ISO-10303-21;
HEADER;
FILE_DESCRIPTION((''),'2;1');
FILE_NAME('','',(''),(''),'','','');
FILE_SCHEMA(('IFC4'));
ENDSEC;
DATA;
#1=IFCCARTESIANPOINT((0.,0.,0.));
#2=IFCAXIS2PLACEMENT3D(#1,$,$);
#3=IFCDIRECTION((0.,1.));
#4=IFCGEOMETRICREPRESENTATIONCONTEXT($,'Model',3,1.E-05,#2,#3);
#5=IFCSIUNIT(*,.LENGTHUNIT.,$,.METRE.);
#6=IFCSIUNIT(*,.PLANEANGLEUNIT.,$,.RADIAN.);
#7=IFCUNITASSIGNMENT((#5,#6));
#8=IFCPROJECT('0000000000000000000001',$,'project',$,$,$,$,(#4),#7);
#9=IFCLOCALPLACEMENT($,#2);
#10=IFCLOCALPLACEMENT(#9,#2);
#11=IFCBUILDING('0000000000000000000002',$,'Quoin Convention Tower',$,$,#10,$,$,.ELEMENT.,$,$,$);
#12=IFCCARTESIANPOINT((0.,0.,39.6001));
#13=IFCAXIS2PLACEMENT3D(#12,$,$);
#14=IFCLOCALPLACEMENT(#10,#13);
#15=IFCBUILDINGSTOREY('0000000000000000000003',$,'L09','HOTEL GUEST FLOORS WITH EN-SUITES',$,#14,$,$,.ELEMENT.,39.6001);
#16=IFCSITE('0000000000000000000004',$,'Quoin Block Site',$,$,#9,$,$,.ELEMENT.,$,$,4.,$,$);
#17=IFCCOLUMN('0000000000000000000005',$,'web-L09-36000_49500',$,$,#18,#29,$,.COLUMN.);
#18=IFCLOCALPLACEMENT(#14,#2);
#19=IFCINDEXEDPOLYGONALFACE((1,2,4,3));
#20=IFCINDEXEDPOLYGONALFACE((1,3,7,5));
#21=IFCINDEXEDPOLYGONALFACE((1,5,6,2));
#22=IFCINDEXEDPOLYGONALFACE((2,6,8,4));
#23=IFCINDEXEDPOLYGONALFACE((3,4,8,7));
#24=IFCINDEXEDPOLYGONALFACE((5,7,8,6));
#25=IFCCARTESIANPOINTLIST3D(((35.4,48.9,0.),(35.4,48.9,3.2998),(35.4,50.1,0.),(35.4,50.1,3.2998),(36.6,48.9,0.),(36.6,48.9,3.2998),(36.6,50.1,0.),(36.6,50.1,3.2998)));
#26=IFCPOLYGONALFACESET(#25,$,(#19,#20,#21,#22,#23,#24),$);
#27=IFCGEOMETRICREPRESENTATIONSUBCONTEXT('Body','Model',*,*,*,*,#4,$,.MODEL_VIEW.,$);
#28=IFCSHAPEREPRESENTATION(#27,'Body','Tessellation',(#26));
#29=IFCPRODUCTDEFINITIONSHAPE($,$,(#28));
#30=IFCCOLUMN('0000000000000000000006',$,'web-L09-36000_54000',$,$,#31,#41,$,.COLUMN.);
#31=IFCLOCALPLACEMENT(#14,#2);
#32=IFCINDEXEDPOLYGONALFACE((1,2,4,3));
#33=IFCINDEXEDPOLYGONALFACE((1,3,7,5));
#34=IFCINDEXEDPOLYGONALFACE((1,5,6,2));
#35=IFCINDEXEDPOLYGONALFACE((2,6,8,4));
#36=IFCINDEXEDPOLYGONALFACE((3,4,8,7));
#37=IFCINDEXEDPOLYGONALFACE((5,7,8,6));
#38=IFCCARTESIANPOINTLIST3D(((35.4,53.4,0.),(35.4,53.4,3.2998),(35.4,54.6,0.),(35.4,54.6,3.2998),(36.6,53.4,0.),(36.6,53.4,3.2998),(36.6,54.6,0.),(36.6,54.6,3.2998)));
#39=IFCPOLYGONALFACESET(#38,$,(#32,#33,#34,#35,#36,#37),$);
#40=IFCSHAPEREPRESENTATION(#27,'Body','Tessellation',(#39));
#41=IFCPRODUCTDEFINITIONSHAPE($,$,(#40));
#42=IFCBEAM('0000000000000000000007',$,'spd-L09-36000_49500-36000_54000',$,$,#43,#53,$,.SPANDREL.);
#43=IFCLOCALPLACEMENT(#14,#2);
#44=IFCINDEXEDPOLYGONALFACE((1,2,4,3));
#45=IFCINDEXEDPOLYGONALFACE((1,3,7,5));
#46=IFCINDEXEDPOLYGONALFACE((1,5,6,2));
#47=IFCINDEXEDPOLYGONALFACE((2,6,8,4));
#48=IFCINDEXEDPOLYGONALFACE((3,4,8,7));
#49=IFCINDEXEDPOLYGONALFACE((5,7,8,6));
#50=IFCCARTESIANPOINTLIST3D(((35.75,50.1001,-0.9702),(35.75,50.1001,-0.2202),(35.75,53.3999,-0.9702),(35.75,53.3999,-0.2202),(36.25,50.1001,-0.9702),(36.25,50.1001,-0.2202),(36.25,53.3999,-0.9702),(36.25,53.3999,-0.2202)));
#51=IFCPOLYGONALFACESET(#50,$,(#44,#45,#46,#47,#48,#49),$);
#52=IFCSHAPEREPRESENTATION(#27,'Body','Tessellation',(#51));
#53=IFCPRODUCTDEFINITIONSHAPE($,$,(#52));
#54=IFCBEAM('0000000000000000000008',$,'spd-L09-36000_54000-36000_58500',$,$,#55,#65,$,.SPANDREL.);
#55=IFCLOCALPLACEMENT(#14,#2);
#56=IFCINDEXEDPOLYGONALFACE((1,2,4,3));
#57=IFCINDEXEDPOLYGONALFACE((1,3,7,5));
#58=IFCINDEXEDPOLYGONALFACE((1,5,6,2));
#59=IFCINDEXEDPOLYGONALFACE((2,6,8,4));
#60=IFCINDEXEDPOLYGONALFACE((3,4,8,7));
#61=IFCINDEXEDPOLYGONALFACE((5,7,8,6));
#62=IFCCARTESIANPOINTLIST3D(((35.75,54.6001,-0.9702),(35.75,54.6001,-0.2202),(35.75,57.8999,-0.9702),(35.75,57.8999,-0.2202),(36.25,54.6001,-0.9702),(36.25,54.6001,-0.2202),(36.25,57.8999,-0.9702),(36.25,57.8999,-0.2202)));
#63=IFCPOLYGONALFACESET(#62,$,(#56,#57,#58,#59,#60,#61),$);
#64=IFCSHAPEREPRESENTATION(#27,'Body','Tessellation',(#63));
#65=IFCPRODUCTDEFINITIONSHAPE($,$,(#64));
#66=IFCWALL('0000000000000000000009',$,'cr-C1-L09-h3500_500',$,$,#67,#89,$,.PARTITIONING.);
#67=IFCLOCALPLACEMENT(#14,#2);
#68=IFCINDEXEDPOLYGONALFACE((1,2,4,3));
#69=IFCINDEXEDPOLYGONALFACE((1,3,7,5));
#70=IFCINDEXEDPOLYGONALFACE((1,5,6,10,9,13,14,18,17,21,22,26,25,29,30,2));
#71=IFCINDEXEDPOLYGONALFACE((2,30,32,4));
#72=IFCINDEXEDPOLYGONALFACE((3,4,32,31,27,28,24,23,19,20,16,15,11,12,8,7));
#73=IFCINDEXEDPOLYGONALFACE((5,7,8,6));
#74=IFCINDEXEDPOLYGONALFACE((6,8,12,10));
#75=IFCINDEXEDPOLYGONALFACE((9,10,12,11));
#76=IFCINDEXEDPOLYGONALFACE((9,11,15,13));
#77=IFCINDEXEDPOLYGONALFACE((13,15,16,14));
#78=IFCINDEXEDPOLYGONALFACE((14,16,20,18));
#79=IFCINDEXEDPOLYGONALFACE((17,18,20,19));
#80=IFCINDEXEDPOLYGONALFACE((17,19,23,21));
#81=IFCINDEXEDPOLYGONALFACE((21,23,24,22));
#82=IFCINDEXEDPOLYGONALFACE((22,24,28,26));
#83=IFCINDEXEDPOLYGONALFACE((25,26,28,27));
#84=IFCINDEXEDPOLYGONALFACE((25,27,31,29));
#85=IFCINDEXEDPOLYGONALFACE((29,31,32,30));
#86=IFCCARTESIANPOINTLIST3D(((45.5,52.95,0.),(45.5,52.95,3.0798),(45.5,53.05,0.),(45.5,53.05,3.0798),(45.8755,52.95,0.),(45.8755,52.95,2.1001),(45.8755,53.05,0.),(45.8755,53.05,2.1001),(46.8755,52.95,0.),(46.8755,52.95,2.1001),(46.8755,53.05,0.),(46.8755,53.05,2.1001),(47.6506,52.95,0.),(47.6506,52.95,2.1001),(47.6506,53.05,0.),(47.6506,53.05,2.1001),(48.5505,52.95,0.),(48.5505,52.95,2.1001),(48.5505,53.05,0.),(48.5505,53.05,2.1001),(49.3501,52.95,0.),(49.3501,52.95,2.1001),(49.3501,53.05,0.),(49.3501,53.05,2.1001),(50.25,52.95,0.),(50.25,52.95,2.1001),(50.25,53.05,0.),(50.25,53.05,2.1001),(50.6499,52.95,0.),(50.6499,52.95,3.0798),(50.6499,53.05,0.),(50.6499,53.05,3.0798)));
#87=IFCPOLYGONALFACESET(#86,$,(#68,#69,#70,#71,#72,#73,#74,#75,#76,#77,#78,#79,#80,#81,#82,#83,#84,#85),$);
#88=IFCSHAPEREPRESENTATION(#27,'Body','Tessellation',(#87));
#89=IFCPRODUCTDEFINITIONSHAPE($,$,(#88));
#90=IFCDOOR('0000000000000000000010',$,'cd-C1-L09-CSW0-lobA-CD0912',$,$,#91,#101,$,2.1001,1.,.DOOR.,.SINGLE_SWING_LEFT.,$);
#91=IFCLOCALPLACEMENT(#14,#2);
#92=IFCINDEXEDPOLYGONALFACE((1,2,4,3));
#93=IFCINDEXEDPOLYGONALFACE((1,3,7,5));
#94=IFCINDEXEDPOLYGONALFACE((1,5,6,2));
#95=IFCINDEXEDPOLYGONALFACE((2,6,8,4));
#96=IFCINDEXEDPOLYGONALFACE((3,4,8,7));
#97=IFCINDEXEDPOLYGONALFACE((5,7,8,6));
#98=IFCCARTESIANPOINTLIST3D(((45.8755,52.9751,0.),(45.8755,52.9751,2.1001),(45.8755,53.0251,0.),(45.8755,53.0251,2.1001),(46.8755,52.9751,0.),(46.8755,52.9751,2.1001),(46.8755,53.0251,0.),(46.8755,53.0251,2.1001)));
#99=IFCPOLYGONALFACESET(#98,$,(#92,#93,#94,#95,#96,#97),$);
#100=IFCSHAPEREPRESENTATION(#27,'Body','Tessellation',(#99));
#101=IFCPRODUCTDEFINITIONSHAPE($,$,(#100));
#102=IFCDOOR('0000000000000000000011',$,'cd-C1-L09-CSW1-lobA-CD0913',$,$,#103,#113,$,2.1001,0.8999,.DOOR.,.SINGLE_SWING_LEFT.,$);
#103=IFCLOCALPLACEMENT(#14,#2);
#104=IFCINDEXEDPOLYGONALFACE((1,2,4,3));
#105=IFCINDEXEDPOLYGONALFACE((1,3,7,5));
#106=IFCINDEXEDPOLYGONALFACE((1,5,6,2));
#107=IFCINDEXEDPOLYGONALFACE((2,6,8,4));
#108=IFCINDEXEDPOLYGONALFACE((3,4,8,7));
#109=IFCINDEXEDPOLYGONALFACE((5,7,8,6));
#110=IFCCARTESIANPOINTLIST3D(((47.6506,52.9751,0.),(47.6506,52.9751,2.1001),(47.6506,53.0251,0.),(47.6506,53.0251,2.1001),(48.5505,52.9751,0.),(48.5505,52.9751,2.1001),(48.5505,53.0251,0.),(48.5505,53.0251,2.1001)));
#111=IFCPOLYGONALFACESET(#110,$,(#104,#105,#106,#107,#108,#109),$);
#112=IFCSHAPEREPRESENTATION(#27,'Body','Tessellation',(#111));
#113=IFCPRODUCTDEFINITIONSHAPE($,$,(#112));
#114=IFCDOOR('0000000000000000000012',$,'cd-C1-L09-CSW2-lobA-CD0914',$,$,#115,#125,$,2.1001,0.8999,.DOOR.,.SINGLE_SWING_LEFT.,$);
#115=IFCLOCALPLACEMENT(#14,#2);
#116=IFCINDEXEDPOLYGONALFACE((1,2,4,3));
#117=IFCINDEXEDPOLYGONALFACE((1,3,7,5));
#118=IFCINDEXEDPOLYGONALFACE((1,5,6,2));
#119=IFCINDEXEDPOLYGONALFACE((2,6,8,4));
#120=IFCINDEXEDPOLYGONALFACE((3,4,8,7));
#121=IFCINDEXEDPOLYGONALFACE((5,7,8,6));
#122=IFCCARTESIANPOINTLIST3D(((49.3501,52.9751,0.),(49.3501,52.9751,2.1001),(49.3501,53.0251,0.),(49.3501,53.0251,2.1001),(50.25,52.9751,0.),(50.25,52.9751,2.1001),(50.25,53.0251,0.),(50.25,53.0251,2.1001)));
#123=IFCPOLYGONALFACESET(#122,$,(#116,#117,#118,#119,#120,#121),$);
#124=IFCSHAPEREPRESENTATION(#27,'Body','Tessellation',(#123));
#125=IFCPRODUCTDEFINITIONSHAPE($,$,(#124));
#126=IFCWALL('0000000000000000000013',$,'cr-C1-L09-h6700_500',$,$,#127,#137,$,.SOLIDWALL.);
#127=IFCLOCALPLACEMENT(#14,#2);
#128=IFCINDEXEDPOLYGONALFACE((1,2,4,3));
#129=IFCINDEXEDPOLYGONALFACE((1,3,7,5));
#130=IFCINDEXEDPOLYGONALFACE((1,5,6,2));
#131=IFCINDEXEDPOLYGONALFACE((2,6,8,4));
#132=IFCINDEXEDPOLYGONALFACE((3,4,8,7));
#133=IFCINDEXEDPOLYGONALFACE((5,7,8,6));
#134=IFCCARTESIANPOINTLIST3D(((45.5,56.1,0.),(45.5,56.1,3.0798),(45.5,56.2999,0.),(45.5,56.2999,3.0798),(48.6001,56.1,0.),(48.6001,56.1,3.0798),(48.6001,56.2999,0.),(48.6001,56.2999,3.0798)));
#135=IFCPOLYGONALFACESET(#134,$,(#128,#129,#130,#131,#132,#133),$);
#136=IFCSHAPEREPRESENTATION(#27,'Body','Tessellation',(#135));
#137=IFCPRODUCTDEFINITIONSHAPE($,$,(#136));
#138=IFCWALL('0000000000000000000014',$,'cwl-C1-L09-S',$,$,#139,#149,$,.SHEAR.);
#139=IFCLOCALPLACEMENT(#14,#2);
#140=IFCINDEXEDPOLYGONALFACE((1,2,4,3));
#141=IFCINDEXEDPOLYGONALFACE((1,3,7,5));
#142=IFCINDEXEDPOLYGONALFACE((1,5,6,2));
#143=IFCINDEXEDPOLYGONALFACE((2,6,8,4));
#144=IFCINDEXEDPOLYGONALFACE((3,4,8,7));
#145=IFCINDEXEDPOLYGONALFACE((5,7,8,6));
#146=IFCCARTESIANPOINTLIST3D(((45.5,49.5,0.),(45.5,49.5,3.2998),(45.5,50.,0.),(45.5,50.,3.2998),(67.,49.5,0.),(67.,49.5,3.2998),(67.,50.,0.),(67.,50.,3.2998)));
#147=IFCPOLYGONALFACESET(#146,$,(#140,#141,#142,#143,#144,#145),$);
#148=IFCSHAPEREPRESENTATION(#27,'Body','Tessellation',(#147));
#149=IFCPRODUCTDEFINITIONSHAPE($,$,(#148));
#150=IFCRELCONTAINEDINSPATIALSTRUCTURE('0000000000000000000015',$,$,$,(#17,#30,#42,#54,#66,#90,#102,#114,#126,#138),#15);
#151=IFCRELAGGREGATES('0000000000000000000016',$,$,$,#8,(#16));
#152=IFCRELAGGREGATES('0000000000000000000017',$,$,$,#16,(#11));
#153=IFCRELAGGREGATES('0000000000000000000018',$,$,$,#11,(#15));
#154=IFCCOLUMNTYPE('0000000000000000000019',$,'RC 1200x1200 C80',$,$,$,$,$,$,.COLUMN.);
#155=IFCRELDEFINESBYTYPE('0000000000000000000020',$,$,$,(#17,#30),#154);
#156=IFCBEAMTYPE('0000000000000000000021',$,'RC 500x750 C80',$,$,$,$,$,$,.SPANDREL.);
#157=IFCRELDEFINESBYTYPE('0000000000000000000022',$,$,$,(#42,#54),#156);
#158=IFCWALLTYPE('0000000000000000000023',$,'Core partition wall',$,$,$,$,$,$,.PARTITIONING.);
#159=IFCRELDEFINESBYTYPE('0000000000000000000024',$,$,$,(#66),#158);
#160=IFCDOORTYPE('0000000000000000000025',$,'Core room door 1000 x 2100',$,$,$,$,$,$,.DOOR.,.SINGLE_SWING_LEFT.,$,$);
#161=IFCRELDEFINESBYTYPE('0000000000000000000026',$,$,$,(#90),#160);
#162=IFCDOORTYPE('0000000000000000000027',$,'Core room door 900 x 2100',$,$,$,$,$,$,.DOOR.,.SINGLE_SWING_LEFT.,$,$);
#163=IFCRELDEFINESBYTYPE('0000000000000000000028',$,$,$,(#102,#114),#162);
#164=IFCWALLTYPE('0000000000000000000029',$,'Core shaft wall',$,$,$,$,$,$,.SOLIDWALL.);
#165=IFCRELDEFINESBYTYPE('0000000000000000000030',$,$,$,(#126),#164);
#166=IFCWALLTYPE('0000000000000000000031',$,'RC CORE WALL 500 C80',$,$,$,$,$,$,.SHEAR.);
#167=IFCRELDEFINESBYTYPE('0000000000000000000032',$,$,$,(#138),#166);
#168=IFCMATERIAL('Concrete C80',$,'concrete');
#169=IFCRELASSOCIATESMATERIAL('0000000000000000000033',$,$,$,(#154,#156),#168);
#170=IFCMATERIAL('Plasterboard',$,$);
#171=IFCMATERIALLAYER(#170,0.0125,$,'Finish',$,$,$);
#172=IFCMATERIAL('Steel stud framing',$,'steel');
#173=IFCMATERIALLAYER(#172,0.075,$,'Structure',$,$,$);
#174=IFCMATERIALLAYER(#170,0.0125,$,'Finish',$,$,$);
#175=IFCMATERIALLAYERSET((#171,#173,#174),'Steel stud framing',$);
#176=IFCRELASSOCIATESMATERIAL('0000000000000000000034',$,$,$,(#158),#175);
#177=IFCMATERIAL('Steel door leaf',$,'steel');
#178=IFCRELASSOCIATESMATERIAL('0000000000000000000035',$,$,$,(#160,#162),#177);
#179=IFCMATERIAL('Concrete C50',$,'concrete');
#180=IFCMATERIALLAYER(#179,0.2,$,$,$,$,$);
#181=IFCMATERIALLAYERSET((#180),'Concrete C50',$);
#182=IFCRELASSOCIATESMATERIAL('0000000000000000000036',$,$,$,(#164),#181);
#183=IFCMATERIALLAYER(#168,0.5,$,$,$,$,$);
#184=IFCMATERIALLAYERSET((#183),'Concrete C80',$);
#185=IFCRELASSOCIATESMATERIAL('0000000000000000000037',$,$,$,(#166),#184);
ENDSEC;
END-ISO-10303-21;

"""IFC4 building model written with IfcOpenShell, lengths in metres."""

from ifc_helpers import new_model, si_unit, direction, frame, frame_2d, origin, origin_2d, place, context, subcontext, project, spatial, rectangle, extrude, material, layer, layer_set, material_profile, profile_set, type_object, element, fill, save


model = new_model("IFC4")

# Units and contexts
model_context = context("Model", 3, precision=1e-05, world=origin(), true_north=direction((0.0, 1.0)))
body_context = subcontext(model_context, "Body", "Model", "MODEL_VIEW")
ifc_project = project(units=[si_unit("LENGTHUNIT", "METRE"), si_unit("PLANEANGLEUNIT", "RADIAN")], contexts=[model_context])

# Site, building, storey
site_placement = place(None, origin())
site = spatial("IfcSite", under=ifc_project, at=site_placement, Name="Quoin Block Site", CompositionType="ELEMENT", RefElevation=4.0)
building_placement = place(site_placement, origin())
building = spatial("IfcBuilding", under=site, at=building_placement, Name="Quoin Convention Tower", CompositionType="ELEMENT")
storey_placement = place(building_placement, frame((0.0, 0.0, 39.6001)))
storey = spatial("IfcBuildingStorey", under=building, at=storey_placement, Name="L09", Description="HOTEL GUEST FLOORS WITH EN-SUITES", CompositionType="ELEMENT", Elevation=39.6001)

# Columns
ifc_material_1 = material(Name="Concrete C80", Category="concrete")
ifc_material_profile_1 = material_profile(ifc_material_1, rectangle(XDim=1.2, YDim=1.2, at=origin_2d()), Name="RC 1200x1200")
ifc_profile_set_1 = profile_set([ifc_material_profile_1], Name="Concrete C80")
column_type = type_object("IfcColumnType", Name="RC 1200x1200 C80", PredefinedType="COLUMN", material=ifc_profile_set_1)
for number, where, z_axis, x_axis, name in (
    (1, (36.0, 49.5, 0.0), (0.0, 0.0, 1.0), (1.0, 0.0, 0.0), "web-L09-36000_49500"),
    (2, (36.0, 54.0, 0.0), (0.0, 0.0, 1.0), (1.0, 0.0, 0.0), "web-L09-36000_54000"),
):
    element("IfcColumn", number, at=place(storey_placement, frame(where, z_axis=z_axis, x_axis=x_axis)), inside=storey, type_object=column_type, Name=name, PredefinedType="COLUMN", context=body_context, shape_type="SweptSolid", body=[
        extrude(rectangle(XDim=1.2, YDim=1.2, at=origin_2d()), origin(), (0.0, 0.0, 1.0), 3.2998),
    ])

# Beams
ifc_material_profile_2 = material_profile(ifc_material_1, rectangle(XDim=0.5, YDim=0.75, at=origin_2d()), Name="RC 500x750")
ifc_profile_set_2 = profile_set([ifc_material_profile_2], Name="Concrete C80")
beam_type = type_object("IfcBeamType", Name="RC 500x750 C80", PredefinedType="SPANDREL", material=ifc_profile_set_2)
for number, where, z_axis, x_axis, name in (
    (3, (36.0, 50.1001, -0.5952), (0.0, 1.0, 0.0), (-1.0, 0.0, 0.0), "spd-L09-36000_49500-36000_54000"),
    (4, (36.0, 54.6001, -0.5952), (0.0, 1.0, 0.0), (-1.0, 0.0, 0.0), "spd-L09-36000_54000-36000_58500"),
):
    element("IfcBeam", number, at=place(storey_placement, frame(where, z_axis=z_axis, x_axis=x_axis)), inside=storey, type_object=beam_type, Name=name, PredefinedType="SPANDREL", context=body_context, shape_type="SweptSolid", body=[
        extrude(rectangle(XDim=0.5, YDim=0.75, at=origin_2d()), origin(), (0.0, 0.0, 1.0), 3.2998),
    ])

# Wall, openings, doors
ifc_material_2 = material(Name="Plasterboard")
ifc_layer_1 = layer(ifc_material_2, 0.0125, Name="Finish")
ifc_material_3 = material(Name="Steel stud framing", Category="steel")
ifc_layer_2 = layer(ifc_material_3, 0.075, Name="Structure")
ifc_layer_3 = layer(ifc_material_2, 0.0125, Name="Finish")
ifc_layer_set_1 = layer_set([ifc_layer_1, ifc_layer_2, ifc_layer_3], Name="Steel stud framing")
wall_type_1 = type_object("IfcWallType", Name="Core partition wall", PredefinedType="PARTITIONING", material=ifc_layer_set_1)
wall_1_placement = place(storey_placement, frame((45.5, 53.0, 0.0), z_axis=(0.0, 0.0, 1.0), x_axis=(1.0, 0.0, 0.0)))
wall_1 = element("IfcWall", 5, at=wall_1_placement, inside=storey, type_object=wall_type_1, Name="cr-C1-L09-h3500_500", PredefinedType="PARTITIONING", context=body_context, shape_type="SweptSolid", body=[
    extrude(rectangle(XDim=5.1499, YDim=0.1001, at=frame_2d((2.575, 0.0))), origin(), (0.0, 0.0, 1.0), 3.0798),
])
opening_1_placement = place(wall_1_placement, frame((0.3755, 0.0, 0.0)))
opening_1 = element("IfcOpeningElement", 6, at=opening_1_placement, cuts=wall_1, PredefinedType="OPENING", context=body_context, shape_type="SweptSolid", body=[
    extrude(rectangle(XDim=1.0, YDim=2.1001, at=frame_2d((0.5, 1.05))), frame((0.0, 0.0601, 0.0), z_axis=(0.0, -1.0, 0.0), x_axis=(1.0, 0.0, 0.0)), (0.0, 0.0, 1.0), 0.1201),
])
opening_2_placement = place(wall_1_placement, frame((2.1506, 0.0, 0.0)))
opening_2 = element("IfcOpeningElement", 7, at=opening_2_placement, cuts=wall_1, PredefinedType="OPENING", context=body_context, shape_type="SweptSolid", body=[
    extrude(rectangle(XDim=0.8999, YDim=2.1001, at=frame_2d((0.45, 1.05))), frame((0.0, 0.0601, 0.0), z_axis=(0.0, -1.0, 0.0), x_axis=(1.0, 0.0, 0.0)), (0.0, 0.0, 1.0), 0.1201),
])
opening_3_placement = place(wall_1_placement, frame((3.8501, 0.0, 0.0)))
opening_3 = element("IfcOpeningElement", 8, at=opening_3_placement, cuts=wall_1, PredefinedType="OPENING", context=body_context, shape_type="SweptSolid", body=[
    extrude(rectangle(XDim=0.8999, YDim=2.1001, at=frame_2d((0.45, 1.05))), frame((0.0, 0.0601, 0.0), z_axis=(0.0, -1.0, 0.0), x_axis=(1.0, 0.0, 0.0)), (0.0, 0.0, 1.0), 0.1201),
])
ifc_material_4 = material(Name="Steel door leaf", Category="steel")
door_type_1 = type_object("IfcDoorType", Name="Core room door 1000 x 2100", OperationType="SINGLE_SWING_LEFT", PredefinedType="DOOR", material=ifc_material_4)
door_1_placement = place(opening_1_placement, frame((1.0, 0.0, 0.0), z_axis=(0.0, 0.0, 1.0), x_axis=(-1.0, 0.0, 0.0)))
door_1 = element("IfcDoor", 9, at=door_1_placement, inside=storey, type_object=door_type_1, Name="cd-C1-L09-CSW0-lobA-CD0912", OperationType="SINGLE_SWING_LEFT", OverallHeight=2.1001, OverallWidth=1.0, PredefinedType="DOOR", context=body_context, shape_type="SweptSolid", body=[
    extrude(rectangle(XDim=1.0, YDim=2.1001, at=frame_2d((0.5, 1.05))), frame((0.0, 0.0249, 0.0), z_axis=(0.0, -1.0, 0.0), x_axis=(1.0, 0.0, 0.0)), (0.0, 0.0, 1.0), 0.05),
])
fill(opening_1, door_1)
door_type_2 = type_object("IfcDoorType", Name="Core room door 900 x 2100", OperationType="SINGLE_SWING_LEFT", PredefinedType="DOOR", material=ifc_material_4)
door_2_placement = place(opening_2_placement, frame((0.8999, 0.0, 0.0), z_axis=(0.0, 0.0, 1.0), x_axis=(-1.0, 0.0, 0.0)))
door_2 = element("IfcDoor", 10, at=door_2_placement, inside=storey, type_object=door_type_2, Name="cd-C1-L09-CSW1-lobA-CD0913", OperationType="SINGLE_SWING_LEFT", OverallHeight=2.1001, OverallWidth=0.8999, PredefinedType="DOOR", context=body_context, shape_type="SweptSolid", body=[
    extrude(rectangle(XDim=0.8999, YDim=2.1001, at=frame_2d((0.45, 1.05))), frame((0.0, 0.0249, 0.0), z_axis=(0.0, -1.0, 0.0), x_axis=(1.0, 0.0, 0.0)), (0.0, 0.0, 1.0), 0.05),
])
fill(opening_2, door_2)
door_3_placement = place(opening_3_placement, frame((0.8999, 0.0, 0.0), z_axis=(0.0, 0.0, 1.0), x_axis=(-1.0, 0.0, 0.0)))
door_3 = element("IfcDoor", 11, at=door_3_placement, inside=storey, type_object=door_type_2, Name="cd-C1-L09-CSW2-lobA-CD0914", OperationType="SINGLE_SWING_LEFT", OverallHeight=2.1001, OverallWidth=0.8999, PredefinedType="DOOR", context=body_context, shape_type="SweptSolid", body=[
    extrude(rectangle(XDim=0.8999, YDim=2.1001, at=frame_2d((0.45, 1.05))), frame((0.0, 0.0249, 0.0), z_axis=(0.0, -1.0, 0.0), x_axis=(1.0, 0.0, 0.0)), (0.0, 0.0, 1.0), 0.05),
])
fill(opening_3, door_3)

# Walls
ifc_material_5 = material(Name="Concrete C50", Category="concrete")
ifc_layer_4 = layer(ifc_material_5, 0.2)
ifc_layer_set_2 = layer_set([ifc_layer_4], Name="Concrete C50")
wall_type_2 = type_object("IfcWallType", Name="Core shaft wall", PredefinedType="SOLIDWALL", material=ifc_layer_set_2)
wall_2_placement = place(storey_placement, frame((45.5, 56.2, 0.0), z_axis=(0.0, 0.0, 1.0), x_axis=(1.0, 0.0, 0.0)))
element("IfcWall", 12, at=wall_2_placement, inside=storey, type_object=wall_type_2, Name="cr-C1-L09-h6700_500", PredefinedType="SOLIDWALL", context=body_context, shape_type="SweptSolid", body=[
    extrude(rectangle(XDim=3.1001, YDim=0.2, at=frame_2d((1.55, 0.0))), origin(), (0.0, 0.0, 1.0), 3.0798),
])
ifc_layer_5 = layer(ifc_material_1, 0.5)
ifc_layer_set_3 = layer_set([ifc_layer_5], Name="Concrete C80")
wall_type_3 = type_object("IfcWallType", Name="RC CORE WALL 500 C80", PredefinedType="SHEAR", material=ifc_layer_set_3)
wall_3_placement = place(storey_placement, frame((45.5, 49.75, 0.0), z_axis=(0.0, 0.0, 1.0), x_axis=(1.0, 0.0, 0.0)))
element("IfcWall", 13, at=wall_3_placement, inside=storey, type_object=wall_type_3, Name="cwl-C1-L09-S", PredefinedType="SHEAR", context=body_context, shape_type="SweptSolid", body=[
    extrude(rectangle(XDim=21.5, YDim=0.5, at=frame_2d((10.75, 0.0))), origin(), (0.0, 0.0, 1.0), 3.2998),
])

save(model, "model.ifc")
